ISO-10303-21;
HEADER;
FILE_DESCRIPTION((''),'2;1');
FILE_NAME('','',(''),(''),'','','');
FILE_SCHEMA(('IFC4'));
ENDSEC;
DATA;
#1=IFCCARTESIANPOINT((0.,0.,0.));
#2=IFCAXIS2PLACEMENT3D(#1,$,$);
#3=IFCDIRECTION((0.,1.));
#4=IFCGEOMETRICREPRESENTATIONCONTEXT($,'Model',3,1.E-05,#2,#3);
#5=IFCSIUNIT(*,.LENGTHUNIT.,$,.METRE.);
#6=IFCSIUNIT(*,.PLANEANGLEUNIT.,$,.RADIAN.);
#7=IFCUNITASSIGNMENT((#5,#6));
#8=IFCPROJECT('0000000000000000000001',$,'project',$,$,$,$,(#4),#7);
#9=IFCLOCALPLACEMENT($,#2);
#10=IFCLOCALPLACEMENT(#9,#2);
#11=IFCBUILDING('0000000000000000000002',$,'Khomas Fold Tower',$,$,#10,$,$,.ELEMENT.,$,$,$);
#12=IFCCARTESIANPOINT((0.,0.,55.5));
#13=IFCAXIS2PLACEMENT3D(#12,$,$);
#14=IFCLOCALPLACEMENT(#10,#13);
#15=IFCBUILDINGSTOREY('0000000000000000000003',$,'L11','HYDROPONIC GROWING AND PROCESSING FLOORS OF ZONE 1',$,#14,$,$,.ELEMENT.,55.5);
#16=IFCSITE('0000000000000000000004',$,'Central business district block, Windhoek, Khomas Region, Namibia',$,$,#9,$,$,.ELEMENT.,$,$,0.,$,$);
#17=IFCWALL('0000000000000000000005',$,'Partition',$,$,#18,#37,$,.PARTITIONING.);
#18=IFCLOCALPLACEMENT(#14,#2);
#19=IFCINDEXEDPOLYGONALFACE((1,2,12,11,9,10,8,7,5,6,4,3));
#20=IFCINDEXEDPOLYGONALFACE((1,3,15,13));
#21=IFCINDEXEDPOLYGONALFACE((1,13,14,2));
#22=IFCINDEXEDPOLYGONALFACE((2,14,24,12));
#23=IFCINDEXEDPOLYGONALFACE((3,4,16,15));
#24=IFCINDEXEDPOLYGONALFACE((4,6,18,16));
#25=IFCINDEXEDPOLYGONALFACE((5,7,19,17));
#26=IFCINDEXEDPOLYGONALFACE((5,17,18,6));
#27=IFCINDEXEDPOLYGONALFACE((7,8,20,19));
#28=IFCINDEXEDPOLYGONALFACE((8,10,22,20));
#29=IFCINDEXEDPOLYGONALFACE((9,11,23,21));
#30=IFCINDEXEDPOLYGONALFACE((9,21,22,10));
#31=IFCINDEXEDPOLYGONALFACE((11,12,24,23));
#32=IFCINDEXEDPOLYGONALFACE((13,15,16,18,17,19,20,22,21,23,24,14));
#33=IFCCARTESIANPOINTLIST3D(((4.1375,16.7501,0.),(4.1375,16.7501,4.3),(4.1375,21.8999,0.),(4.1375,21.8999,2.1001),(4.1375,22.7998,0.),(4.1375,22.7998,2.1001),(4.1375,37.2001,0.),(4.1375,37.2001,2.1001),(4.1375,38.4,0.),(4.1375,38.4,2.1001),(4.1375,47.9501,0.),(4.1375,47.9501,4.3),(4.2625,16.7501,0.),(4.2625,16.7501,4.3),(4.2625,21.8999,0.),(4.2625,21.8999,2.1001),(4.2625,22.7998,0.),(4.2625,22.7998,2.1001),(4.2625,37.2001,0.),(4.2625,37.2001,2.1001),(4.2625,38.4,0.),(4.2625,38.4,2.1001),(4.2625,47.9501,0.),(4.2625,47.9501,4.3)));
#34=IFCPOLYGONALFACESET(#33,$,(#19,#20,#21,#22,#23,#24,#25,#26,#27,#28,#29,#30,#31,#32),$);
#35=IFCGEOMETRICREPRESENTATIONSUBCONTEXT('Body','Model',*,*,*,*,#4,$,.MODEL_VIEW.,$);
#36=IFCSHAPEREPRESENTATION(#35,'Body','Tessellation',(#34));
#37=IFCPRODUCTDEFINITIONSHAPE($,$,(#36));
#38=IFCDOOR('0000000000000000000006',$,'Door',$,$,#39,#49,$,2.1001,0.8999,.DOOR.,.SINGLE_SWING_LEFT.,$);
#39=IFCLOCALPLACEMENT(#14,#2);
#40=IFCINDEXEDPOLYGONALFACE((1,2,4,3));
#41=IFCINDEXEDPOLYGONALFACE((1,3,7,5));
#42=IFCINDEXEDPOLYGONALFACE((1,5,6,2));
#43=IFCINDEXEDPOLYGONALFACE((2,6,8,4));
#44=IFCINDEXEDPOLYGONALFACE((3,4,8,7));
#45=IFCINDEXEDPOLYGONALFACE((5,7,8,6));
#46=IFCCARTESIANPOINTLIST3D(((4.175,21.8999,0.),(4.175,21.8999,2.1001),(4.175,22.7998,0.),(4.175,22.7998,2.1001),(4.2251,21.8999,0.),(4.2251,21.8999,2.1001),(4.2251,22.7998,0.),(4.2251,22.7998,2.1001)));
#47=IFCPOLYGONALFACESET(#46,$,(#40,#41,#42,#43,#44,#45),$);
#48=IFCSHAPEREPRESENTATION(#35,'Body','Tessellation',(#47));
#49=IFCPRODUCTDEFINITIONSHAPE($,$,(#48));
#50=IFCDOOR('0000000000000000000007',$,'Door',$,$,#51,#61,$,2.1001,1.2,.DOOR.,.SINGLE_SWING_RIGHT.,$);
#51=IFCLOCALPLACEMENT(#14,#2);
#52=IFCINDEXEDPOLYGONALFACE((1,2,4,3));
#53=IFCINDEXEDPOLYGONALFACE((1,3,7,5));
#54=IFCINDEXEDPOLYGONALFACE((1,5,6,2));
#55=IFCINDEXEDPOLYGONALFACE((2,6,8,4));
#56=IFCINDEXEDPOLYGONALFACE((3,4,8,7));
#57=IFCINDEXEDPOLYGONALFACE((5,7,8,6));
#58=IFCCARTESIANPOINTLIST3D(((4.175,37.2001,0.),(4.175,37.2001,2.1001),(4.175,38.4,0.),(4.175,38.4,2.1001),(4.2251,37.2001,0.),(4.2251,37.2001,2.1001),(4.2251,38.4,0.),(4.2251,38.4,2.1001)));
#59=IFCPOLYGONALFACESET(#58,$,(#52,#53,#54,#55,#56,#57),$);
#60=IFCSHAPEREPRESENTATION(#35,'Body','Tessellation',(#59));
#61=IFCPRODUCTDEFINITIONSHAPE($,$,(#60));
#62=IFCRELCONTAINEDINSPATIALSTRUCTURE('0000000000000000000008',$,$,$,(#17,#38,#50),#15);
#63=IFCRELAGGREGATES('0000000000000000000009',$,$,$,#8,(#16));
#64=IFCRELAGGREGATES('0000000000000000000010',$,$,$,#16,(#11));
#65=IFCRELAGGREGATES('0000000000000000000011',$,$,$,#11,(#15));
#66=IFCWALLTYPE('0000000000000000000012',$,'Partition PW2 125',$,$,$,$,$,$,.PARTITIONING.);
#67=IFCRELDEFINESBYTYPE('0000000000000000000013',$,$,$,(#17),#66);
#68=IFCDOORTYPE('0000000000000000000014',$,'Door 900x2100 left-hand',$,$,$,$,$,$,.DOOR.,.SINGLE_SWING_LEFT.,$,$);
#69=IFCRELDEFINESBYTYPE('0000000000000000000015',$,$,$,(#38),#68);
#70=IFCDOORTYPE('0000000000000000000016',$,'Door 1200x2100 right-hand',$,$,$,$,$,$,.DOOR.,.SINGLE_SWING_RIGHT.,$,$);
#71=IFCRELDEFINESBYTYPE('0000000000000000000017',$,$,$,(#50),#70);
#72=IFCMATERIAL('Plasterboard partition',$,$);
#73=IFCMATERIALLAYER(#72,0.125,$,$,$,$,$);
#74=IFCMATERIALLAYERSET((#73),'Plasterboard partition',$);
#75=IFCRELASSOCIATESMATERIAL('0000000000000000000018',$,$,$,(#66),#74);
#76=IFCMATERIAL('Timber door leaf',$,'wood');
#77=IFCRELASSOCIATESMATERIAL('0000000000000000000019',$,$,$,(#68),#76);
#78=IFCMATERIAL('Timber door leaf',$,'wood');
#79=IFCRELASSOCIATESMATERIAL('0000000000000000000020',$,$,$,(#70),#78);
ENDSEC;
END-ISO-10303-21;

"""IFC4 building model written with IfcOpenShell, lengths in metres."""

from ifc_helpers import new_model, si_unit, direction, frame, frame_2d, origin, place, context, subcontext, project, spatial, rectangle, extrude, source, transform, mapped, material, layer, layer_set, type_object, element, fill, save


model = new_model("IFC4")

# Units and contexts
model_context = context("Model", 3, precision=1e-05, world=origin(), true_north=direction((0.0, 1.0)))
body_context = subcontext(model_context, "Body", "Model", "MODEL_VIEW")
ifc_project = project(units=[si_unit("LENGTHUNIT", "METRE"), si_unit("PLANEANGLEUNIT", "RADIAN")], contexts=[model_context])

# Site, building, storey
site_placement = place(None, origin())
site = spatial("IfcSite", under=ifc_project, at=site_placement, Name="Central business district block, Windhoek, Khomas Region, Namibia", CompositionType="ELEMENT", RefElevation=0.0)
building_placement = place(site_placement, origin())
building = spatial("IfcBuilding", under=site, at=building_placement, Name="Khomas Fold Tower", CompositionType="ELEMENT")
storey_placement = place(building_placement, frame((0.0, 0.0, 55.5)))
storey = spatial("IfcBuildingStorey", under=building, at=storey_placement, Name="L11", Description="HYDROPONIC GROWING AND PROCESSING FLOORS OF ZONE 1", CompositionType="ELEMENT", Elevation=55.5)

# Shared definitions
shared_shape_1 = source(origin(), body_context, "Body", "SweptSolid", [
    extrude(rectangle(XDim=1.2, YDim=2.1001, at=frame_2d((0.6001, 1.05))), frame((0.0, 0.0249, 0.0), z_axis=(0.0, -1.0, 0.0), x_axis=(1.0, 0.0, 0.0)), (0.0, 0.0, 1.0), 0.05),
])

# Wall, openings, doors
ifc_material_1 = material(Name="Plasterboard partition")
ifc_layer_1 = layer(ifc_material_1, 0.125)
ifc_layer_set_1 = layer_set([ifc_layer_1], Name="Plasterboard partition")
wall_type_1 = type_object("IfcWallType", Name="Partition PW2 125", PredefinedType="PARTITIONING", material=ifc_layer_set_1)
shared_shape_2 = source(origin(), body_context, "Body", "SweptSolid", [
    extrude(rectangle(XDim=31.2, YDim=0.125, at=frame_2d((15.6001, 0.0))), origin(), (0.0, 0.0, 1.0), 4.3),
])
wall_1_placement = place(storey_placement, frame((4.2, 16.75, 0.0), z_axis=(0.0, 0.0, 1.0), x_axis=(0.0, 1.0, 0.0)))
wall_1 = element("IfcWall", 1, at=wall_1_placement, inside=storey, type_object=wall_type_1, Name="Partition", PredefinedType="PARTITIONING", context=body_context, shape_type="MappedRepresentation", body=[
    mapped(shared_shape_2, transform((0.0, 0.0, 0.0))),
])
shared_shape_3 = source(origin(), body_context, "Body", "SweptSolid", [
    extrude(rectangle(XDim=0.8999, YDim=2.1001, at=frame_2d((0.45, 1.05))), frame((0.0, 0.0725, 0.0), z_axis=(0.0, -1.0, 0.0), x_axis=(1.0, 0.0, 0.0)), (0.0, 0.0, 1.0), 0.145),
])
opening_1_placement = place(wall_1_placement, frame((5.1499, 0.0, 0.0)))
opening_1 = element("IfcOpeningElement", 2, at=opening_1_placement, cuts=wall_1, PredefinedType="OPENING", context=body_context, shape_type="MappedRepresentation", body=[
    mapped(shared_shape_3, transform((0.0, 0.0, 0.0))),
])
shared_shape_4 = source(origin(), body_context, "Body", "SweptSolid", [
    extrude(rectangle(XDim=1.2, YDim=2.1001, at=frame_2d((0.6001, 1.05))), frame((0.0, 0.0725, 0.0), z_axis=(0.0, -1.0, 0.0), x_axis=(1.0, 0.0, 0.0)), (0.0, 0.0, 1.0), 0.145),
])
opening_2_placement = place(wall_1_placement, frame((20.45, 0.0, 0.0)))
opening_2 = element("IfcOpeningElement", 3, at=opening_2_placement, cuts=wall_1, PredefinedType="OPENING", context=body_context, shape_type="MappedRepresentation", body=[
    mapped(shared_shape_4, transform((0.0, 0.0, 0.0))),
])
ifc_material_2 = material(Name="Timber door leaf", Category="wood")
door_type_1 = type_object("IfcDoorType", Name="Door 900x2100 left-hand", OperationType="SINGLE_SWING_LEFT", PredefinedType="DOOR", material=ifc_material_2)
shared_shape_5 = source(origin(), body_context, "Body", "SweptSolid", [
    extrude(rectangle(XDim=0.8999, YDim=2.1001, at=frame_2d((0.45, 1.05))), frame((0.0, 0.0249, 0.0), z_axis=(0.0, -1.0, 0.0), x_axis=(1.0, 0.0, 0.0)), (0.0, 0.0, 1.0), 0.05),
])
door_1_placement = place(opening_1_placement, origin())
door_1 = element("IfcDoor", 4, at=door_1_placement, inside=storey, type_object=door_type_1, Name="Door", OperationType="SINGLE_SWING_LEFT", OverallHeight=2.1001, OverallWidth=0.8999, PredefinedType="DOOR", context=body_context, shape_type="MappedRepresentation", body=[
    mapped(shared_shape_5, transform((0.0, 0.0, 0.0))),
])
fill(opening_1, door_1)
ifc_material_3 = material(Name="Timber door leaf", Category="wood")
door_type_2 = type_object("IfcDoorType", Name="Door 1200x2100 right-hand", OperationType="SINGLE_SWING_RIGHT", PredefinedType="DOOR", material=ifc_material_3)
door_2_placement = place(opening_2_placement, origin())
door_2 = element("IfcDoor", 5, at=door_2_placement, inside=storey, type_object=door_type_2, Name="Door", OperationType="SINGLE_SWING_RIGHT", OverallHeight=2.1001, OverallWidth=1.2, PredefinedType="DOOR", context=body_context, shape_type="MappedRepresentation", body=[
    mapped(shared_shape_1, transform((0.0, 0.0, 0.0))),
])
fill(opening_2, door_2)

save(model, "model.ifc")
